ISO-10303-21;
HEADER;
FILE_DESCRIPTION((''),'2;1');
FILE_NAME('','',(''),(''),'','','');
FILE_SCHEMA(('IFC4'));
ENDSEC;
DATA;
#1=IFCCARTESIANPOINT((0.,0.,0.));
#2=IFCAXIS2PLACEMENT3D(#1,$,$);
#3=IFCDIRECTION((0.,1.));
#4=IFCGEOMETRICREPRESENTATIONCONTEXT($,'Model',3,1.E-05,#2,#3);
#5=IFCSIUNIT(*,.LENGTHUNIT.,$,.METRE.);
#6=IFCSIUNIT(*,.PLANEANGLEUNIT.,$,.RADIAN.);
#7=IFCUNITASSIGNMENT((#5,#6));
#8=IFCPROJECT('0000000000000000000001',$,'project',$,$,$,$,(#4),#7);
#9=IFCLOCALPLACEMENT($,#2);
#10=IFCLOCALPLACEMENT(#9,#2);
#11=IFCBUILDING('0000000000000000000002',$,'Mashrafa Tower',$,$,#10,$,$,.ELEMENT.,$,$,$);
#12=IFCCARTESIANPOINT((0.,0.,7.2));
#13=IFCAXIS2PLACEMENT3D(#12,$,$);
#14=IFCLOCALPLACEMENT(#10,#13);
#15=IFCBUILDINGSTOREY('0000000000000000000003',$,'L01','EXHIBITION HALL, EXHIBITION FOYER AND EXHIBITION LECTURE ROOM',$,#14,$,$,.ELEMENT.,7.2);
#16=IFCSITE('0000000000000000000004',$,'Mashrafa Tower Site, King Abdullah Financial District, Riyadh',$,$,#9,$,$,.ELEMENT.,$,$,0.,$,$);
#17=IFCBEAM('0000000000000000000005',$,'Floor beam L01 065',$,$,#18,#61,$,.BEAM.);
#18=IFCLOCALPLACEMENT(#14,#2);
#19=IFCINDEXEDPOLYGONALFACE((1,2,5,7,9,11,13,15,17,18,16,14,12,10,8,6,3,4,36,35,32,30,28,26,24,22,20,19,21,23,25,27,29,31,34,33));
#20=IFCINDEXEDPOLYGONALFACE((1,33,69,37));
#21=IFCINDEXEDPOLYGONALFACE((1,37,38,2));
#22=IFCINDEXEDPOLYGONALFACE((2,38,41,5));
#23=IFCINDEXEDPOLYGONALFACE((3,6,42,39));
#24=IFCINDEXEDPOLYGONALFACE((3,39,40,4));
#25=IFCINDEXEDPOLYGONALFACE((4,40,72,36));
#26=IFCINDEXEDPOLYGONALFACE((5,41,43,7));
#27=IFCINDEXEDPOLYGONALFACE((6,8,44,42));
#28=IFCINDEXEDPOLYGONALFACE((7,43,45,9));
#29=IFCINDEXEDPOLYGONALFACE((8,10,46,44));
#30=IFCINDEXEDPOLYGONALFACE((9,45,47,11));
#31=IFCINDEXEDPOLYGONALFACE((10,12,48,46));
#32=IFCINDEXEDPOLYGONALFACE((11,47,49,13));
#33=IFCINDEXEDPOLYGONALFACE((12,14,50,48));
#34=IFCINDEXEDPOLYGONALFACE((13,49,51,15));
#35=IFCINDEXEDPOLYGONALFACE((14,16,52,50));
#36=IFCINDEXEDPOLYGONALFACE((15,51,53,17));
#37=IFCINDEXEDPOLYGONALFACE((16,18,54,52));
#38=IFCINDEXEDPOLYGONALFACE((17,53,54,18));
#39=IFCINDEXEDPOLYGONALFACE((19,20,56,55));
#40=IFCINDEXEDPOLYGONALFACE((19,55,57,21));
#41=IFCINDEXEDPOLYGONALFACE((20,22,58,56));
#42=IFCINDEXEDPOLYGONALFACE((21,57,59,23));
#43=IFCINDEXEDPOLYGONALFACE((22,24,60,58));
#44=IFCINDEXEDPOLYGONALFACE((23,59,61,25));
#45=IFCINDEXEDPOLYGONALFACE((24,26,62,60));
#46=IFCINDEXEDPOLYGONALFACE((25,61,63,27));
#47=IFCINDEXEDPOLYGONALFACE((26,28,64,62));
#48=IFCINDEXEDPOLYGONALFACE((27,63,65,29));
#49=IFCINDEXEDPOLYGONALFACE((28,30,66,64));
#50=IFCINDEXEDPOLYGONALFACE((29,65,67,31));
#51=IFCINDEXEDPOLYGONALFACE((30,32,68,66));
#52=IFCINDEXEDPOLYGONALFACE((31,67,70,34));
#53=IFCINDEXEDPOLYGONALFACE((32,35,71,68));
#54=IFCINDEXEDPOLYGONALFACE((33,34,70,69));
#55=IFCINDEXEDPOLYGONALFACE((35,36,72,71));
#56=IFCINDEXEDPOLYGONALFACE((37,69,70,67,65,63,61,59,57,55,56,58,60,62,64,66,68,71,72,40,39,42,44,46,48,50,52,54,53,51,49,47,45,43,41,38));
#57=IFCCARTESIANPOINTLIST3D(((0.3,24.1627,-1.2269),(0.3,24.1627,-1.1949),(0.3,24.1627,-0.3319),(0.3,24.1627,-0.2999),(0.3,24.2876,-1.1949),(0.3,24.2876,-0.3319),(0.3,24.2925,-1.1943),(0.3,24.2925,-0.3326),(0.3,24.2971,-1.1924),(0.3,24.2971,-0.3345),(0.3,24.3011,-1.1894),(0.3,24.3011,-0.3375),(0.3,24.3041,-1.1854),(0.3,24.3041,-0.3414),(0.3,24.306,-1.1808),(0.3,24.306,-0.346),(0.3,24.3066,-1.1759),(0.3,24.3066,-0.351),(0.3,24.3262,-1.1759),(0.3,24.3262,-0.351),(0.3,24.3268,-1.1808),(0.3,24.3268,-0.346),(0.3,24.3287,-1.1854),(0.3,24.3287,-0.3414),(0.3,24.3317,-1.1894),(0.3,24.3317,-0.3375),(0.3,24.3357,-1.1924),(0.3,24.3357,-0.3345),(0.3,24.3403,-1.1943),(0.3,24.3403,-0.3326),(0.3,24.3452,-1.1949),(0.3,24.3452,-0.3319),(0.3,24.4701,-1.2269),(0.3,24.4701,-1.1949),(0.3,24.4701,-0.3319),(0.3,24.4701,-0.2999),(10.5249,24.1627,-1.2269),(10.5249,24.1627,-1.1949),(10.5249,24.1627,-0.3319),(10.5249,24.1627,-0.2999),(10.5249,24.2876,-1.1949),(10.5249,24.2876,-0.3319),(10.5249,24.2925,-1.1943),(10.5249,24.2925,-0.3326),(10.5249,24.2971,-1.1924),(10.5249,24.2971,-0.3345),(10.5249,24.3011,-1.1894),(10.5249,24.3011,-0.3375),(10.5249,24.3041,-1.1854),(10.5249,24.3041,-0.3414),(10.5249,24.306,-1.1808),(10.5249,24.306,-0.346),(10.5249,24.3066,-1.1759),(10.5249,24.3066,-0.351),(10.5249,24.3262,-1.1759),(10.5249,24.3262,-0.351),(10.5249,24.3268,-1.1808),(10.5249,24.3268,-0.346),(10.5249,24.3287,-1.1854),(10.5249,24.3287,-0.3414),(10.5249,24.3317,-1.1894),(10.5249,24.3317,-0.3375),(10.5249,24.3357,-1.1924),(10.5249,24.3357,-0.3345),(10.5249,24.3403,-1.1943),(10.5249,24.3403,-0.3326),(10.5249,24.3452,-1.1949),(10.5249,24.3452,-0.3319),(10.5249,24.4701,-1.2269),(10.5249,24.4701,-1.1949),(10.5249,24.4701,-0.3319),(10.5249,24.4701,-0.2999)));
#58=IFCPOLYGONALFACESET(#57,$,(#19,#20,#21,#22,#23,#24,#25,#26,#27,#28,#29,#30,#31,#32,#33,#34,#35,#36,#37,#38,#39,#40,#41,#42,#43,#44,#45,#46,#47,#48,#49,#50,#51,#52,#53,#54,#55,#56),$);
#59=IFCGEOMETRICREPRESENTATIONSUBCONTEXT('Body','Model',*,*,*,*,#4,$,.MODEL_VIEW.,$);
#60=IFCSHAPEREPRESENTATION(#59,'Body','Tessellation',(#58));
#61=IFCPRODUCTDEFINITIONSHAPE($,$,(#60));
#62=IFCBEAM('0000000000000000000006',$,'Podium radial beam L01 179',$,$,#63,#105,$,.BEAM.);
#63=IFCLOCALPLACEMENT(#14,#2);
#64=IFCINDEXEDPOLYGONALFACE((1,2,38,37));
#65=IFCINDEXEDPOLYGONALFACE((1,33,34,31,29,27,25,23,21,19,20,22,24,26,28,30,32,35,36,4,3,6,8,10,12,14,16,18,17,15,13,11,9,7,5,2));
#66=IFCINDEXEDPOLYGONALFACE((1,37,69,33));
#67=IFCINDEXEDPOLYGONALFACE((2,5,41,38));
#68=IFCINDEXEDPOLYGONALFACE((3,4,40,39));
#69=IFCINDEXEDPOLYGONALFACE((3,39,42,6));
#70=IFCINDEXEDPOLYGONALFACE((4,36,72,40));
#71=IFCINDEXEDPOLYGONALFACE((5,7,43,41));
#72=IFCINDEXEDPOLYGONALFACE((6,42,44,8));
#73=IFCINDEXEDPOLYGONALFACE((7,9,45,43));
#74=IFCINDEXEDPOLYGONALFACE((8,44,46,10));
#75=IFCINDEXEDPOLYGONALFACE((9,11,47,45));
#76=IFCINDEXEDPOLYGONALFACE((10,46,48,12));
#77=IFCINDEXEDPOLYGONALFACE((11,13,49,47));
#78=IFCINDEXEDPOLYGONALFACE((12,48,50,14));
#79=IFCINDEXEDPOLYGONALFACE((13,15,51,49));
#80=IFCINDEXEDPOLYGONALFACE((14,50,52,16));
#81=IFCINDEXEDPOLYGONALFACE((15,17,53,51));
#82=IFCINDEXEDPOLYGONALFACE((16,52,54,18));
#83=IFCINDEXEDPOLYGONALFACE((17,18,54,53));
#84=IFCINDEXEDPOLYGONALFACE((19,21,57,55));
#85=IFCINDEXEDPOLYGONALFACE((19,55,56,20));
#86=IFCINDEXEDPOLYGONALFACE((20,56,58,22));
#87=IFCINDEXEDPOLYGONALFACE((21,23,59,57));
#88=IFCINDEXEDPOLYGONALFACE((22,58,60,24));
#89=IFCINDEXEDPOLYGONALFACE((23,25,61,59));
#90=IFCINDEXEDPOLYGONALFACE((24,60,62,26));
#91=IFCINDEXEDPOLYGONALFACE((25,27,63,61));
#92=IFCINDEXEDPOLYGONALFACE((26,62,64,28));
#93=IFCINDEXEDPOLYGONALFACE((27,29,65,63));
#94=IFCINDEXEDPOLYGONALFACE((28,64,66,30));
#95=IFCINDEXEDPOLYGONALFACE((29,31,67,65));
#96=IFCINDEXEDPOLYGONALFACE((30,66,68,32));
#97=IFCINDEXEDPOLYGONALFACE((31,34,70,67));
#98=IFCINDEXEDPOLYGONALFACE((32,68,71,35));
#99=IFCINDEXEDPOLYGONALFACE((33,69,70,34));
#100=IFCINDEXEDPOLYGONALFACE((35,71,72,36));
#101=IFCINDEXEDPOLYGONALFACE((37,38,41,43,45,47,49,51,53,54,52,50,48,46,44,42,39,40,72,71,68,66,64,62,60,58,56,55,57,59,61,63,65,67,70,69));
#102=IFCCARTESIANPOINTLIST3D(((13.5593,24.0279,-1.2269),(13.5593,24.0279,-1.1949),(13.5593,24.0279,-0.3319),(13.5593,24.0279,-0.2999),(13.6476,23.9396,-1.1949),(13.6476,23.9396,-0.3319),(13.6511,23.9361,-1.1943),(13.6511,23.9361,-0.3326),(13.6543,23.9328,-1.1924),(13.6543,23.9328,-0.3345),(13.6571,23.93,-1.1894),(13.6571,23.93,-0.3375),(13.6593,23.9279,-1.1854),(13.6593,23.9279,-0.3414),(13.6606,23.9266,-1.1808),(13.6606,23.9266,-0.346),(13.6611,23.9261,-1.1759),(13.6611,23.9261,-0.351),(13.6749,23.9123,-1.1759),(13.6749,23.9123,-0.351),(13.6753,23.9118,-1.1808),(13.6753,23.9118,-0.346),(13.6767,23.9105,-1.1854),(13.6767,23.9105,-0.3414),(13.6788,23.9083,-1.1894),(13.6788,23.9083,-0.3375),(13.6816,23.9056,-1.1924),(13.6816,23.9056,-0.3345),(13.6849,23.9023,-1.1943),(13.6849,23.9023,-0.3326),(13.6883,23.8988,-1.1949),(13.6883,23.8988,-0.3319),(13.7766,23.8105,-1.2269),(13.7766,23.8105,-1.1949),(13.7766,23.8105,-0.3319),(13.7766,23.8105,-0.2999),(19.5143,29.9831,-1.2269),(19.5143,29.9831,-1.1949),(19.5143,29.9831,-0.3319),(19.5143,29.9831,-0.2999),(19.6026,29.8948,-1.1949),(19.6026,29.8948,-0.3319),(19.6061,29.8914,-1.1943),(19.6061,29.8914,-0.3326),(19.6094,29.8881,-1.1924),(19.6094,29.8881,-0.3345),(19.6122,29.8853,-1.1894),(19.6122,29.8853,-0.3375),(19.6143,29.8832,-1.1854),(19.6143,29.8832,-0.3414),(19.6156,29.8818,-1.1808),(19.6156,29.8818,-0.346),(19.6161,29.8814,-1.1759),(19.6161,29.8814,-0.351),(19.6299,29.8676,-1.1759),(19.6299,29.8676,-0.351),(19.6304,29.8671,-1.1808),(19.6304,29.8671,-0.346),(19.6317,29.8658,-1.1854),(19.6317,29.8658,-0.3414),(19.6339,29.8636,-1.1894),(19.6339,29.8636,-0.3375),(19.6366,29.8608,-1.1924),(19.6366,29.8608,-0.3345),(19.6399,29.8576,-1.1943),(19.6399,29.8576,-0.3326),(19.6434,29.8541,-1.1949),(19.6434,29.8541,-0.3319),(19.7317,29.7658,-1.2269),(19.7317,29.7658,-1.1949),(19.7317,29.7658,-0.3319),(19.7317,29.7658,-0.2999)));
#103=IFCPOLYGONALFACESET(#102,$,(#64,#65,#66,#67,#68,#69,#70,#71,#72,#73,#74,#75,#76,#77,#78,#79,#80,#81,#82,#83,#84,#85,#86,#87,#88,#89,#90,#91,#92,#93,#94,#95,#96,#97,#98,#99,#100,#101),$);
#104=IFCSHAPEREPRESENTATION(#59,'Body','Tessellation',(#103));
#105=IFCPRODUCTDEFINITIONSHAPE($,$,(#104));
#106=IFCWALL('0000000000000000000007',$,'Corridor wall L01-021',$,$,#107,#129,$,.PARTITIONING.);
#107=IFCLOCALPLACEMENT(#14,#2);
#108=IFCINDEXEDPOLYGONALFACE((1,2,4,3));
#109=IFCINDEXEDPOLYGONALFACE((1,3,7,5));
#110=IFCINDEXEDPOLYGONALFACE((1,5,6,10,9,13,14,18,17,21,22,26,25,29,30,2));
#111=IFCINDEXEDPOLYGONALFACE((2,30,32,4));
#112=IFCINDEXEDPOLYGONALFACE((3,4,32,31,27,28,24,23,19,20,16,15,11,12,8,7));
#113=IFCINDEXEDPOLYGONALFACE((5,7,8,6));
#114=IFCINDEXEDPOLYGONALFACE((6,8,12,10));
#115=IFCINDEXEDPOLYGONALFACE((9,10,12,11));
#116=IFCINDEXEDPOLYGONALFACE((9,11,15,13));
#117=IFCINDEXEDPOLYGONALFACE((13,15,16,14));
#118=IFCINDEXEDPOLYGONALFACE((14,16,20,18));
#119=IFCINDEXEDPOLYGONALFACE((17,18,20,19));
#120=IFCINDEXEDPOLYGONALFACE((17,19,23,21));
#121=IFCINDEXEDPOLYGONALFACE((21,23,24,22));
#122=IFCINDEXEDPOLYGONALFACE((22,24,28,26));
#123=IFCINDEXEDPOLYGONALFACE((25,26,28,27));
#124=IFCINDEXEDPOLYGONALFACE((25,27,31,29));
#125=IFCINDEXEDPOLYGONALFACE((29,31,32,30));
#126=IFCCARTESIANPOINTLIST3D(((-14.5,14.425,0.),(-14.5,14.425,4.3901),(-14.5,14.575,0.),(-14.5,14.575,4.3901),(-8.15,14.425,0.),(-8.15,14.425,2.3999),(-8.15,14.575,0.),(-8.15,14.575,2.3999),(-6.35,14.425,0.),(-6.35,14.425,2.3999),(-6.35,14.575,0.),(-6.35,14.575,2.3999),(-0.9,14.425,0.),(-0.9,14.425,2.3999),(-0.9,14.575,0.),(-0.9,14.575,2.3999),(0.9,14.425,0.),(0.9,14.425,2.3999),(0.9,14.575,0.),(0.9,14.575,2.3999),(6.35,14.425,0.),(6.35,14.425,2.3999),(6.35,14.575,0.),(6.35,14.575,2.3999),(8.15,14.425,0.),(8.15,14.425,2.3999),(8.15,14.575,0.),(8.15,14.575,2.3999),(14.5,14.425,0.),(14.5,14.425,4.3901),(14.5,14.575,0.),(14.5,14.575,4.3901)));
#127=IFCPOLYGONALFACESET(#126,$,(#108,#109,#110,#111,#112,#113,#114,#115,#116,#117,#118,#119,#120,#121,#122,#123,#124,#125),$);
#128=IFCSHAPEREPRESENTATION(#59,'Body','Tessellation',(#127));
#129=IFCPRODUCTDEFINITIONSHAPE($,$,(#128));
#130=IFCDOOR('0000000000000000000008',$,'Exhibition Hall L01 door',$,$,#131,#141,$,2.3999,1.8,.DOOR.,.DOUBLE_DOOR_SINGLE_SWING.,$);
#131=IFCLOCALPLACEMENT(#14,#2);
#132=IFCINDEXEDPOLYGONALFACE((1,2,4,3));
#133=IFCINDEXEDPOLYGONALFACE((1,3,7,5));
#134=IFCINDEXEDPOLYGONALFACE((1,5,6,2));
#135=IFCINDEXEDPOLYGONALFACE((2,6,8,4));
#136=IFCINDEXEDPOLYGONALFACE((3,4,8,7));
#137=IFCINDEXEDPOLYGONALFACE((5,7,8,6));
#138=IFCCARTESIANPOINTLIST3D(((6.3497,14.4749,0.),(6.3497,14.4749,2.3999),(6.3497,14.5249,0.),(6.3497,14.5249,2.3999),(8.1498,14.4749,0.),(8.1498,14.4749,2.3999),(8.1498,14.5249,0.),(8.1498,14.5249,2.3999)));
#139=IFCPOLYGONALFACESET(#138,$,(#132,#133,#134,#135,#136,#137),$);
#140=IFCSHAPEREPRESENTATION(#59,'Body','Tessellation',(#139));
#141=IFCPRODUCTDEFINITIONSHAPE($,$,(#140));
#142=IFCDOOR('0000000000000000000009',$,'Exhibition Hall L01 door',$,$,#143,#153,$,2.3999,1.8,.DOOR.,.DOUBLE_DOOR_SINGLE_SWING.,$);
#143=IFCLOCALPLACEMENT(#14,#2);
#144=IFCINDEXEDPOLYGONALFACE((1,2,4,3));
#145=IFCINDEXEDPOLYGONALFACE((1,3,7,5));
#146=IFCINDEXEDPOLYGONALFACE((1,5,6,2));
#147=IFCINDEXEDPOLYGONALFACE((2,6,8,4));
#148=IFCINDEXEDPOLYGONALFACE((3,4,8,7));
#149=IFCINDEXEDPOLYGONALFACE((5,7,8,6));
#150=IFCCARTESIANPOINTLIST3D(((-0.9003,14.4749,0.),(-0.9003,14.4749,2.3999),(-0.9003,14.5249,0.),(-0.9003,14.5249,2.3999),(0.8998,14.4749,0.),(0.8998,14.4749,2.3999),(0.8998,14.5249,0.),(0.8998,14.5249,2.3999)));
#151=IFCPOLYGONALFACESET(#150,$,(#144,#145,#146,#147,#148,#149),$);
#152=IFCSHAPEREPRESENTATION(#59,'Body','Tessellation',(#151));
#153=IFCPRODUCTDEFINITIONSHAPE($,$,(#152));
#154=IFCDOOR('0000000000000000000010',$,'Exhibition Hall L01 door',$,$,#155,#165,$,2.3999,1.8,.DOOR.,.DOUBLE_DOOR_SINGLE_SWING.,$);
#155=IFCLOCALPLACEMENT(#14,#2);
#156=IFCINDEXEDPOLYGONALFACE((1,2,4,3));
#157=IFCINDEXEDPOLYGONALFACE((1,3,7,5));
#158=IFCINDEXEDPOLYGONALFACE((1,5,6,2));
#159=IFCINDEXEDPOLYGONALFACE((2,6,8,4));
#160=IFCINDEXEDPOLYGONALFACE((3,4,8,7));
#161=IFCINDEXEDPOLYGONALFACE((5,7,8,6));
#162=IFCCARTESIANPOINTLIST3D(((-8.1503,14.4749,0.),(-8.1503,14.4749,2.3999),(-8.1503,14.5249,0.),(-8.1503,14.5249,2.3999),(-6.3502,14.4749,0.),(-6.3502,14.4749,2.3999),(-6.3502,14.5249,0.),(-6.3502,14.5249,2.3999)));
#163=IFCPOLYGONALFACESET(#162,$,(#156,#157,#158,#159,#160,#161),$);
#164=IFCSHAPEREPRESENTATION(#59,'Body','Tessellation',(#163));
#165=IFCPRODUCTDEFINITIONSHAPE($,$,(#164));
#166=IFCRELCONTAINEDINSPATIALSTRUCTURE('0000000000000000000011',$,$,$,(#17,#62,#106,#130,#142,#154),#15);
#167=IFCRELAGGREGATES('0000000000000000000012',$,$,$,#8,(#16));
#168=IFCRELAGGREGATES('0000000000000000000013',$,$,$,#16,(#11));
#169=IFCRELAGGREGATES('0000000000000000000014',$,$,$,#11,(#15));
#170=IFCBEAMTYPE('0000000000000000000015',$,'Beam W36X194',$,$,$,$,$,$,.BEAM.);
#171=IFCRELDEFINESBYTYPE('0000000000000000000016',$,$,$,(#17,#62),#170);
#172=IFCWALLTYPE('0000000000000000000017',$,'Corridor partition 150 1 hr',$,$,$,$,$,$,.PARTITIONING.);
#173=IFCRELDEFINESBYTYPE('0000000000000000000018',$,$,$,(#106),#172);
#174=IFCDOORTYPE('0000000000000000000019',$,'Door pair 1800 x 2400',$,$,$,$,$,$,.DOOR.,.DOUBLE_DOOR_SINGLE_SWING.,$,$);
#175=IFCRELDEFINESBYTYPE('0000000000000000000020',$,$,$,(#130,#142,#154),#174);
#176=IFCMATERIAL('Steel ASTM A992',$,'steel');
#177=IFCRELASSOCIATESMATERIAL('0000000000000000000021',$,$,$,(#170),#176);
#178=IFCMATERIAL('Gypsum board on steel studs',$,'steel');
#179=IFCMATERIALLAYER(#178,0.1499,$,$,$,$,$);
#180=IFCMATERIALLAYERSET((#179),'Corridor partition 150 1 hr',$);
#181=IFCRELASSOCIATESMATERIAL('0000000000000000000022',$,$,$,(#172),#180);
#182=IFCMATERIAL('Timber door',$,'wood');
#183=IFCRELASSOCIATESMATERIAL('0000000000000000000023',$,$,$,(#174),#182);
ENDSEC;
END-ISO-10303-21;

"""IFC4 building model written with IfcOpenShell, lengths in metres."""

from ifc_helpers import new_model, si_unit, direction, frame, frame_2d, origin, origin_2d, place, context, subcontext, project, spatial, rectangle, i_section, extrude, material, layer, layer_set, material_profile, profile_set, type_object, element, fill, save


model = new_model("IFC4")

# Units and contexts
model_context = context("Model", 3, precision=1e-05, world=origin(), true_north=direction((0.0, 1.0)))
body_context = subcontext(model_context, "Body", "Model", "MODEL_VIEW")
ifc_project = project(units=[si_unit("LENGTHUNIT", "METRE"), si_unit("PLANEANGLEUNIT", "RADIAN")], contexts=[model_context])

# Site, building, storey
site_placement = place(None, origin())
site = spatial("IfcSite", under=ifc_project, at=site_placement, Name="Mashrafa Tower Site, King Abdullah Financial District, Riyadh", CompositionType="ELEMENT", RefElevation=0.0)
building_placement = place(site_placement, origin())
building = spatial("IfcBuilding", under=site, at=building_placement, Name="Mashrafa Tower", CompositionType="ELEMENT")
storey_placement = place(building_placement, frame((0.0, 0.0, 7.2)))
storey = spatial("IfcBuildingStorey", under=building, at=storey_placement, Name="L01", Description="EXHIBITION HALL, EXHIBITION FOYER AND EXHIBITION LECTURE ROOM", CompositionType="ELEMENT", Elevation=7.2)

# Beams
ifc_material_1 = material(Name="Steel ASTM A992", Category="steel")
ifc_material_profile_1 = material_profile(ifc_material_1, i_section(OverallWidth=0.3074, OverallDepth=0.927, WebThickness=0.0195, FlangeThickness=0.032, FilletRadius=0.019, at=origin_2d()), Name="W36X194")
ifc_profile_set_1 = profile_set([ifc_material_profile_1], Name="Steel ASTM A992")
beam_type_1 = type_object("IfcBeamType", Name="Beam W36X194", PredefinedType="BEAM", material=ifc_profile_set_1)
beam_1_placement = place(storey_placement, frame((0.3, 24.3164, -0.7634), z_axis=(1.0, 0.0, 0.0), x_axis=(0.0, 1.0, 0.0)))
element("IfcBeam", 1, at=beam_1_placement, inside=storey, type_object=beam_type_1, Name="Floor beam L01 065", PredefinedType="BEAM", context=body_context, shape_type="SweptSolid", body=[
    extrude(i_section(OverallWidth=0.3074, OverallDepth=0.927, WebThickness=0.0195, FlangeThickness=0.032, FilletRadius=0.019, at=origin_2d()), origin(), (0.0, 0.0, 1.0), 10.2249),
])
beam_2_placement = place(storey_placement, frame((13.668, 23.9192, -0.7634), z_axis=(0.707092, 0.707121, 0.0), x_axis=(-0.707121, 0.707092, 0.0)))
element("IfcBeam", 2, at=beam_2_placement, inside=storey, type_object=beam_type_1, Name="Podium radial beam L01 179", PredefinedType="BEAM", context=body_context, shape_type="SweptSolid", body=[
    extrude(i_section(OverallWidth=0.3074, OverallDepth=0.927, WebThickness=0.0195, FlangeThickness=0.032, FilletRadius=0.019, at=origin_2d()), origin(), (0.0, 0.0, 1.0), 8.4219),
])

# Wall, openings, doors
ifc_material_2 = material(Name="Gypsum board on steel studs", Category="steel")
ifc_layer = layer(ifc_material_2, 0.1499)
ifc_layer_set = layer_set([ifc_layer], Name="Corridor partition 150 1 hr")
wall_type = type_object("IfcWallType", Name="Corridor partition 150 1 hr", PredefinedType="PARTITIONING", material=ifc_layer_set)
wall_placement = place(storey_placement, frame((14.5, 14.5, 0.0), z_axis=(0.0, 0.0, 1.0), x_axis=(-1.0, 0.0, 0.0)))
wall = element("IfcWall", 3, at=wall_placement, inside=storey, type_object=wall_type, Name="Corridor wall L01-021", PredefinedType="PARTITIONING", context=body_context, shape_type="SweptSolid", body=[
    extrude(rectangle(XDim=29.0, YDim=0.1499, at=frame_2d((14.5, 0.0))), origin(), (0.0, 0.0, 1.0), 4.3901),
])
opening_1_placement = place(wall_placement, frame((6.3501, 0.0, 0.0)))
opening_1 = element("IfcOpeningElement", 4, at=opening_1_placement, cuts=wall, PredefinedType="OPENING", context=body_context, shape_type="SweptSolid", body=[
    extrude(rectangle(XDim=1.8, YDim=2.3999, at=frame_2d((0.8999, 1.2))), frame((0.0, 0.085, 0.0), z_axis=(0.0, -1.0, 0.0), x_axis=(1.0, 0.0, 0.0)), (0.0, 0.0, 1.0), 0.1699),
])
opening_2_placement = place(wall_placement, frame((13.6001, 0.0, 0.0)))
opening_2 = element("IfcOpeningElement", 5, at=opening_2_placement, cuts=wall, PredefinedType="OPENING", context=body_context, shape_type="SweptSolid", body=[
    extrude(rectangle(XDim=1.8, YDim=2.3999, at=frame_2d((0.8999, 1.2))), frame((0.0, 0.085, 0.0), z_axis=(0.0, -1.0, 0.0), x_axis=(1.0, 0.0, 0.0)), (0.0, 0.0, 1.0), 0.1699),
])
opening_3_placement = place(wall_placement, frame((20.8501, 0.0, 0.0)))
opening_3 = element("IfcOpeningElement", 6, at=opening_3_placement, cuts=wall, PredefinedType="OPENING", context=body_context, shape_type="SweptSolid", body=[
    extrude(rectangle(XDim=1.8, YDim=2.3999, at=frame_2d((0.8999, 1.2))), frame((0.0, 0.085, 0.0), z_axis=(0.0, -1.0, 0.0), x_axis=(1.0, 0.0, 0.0)), (0.0, 0.0, 1.0), 0.1699),
])
ifc_material_3 = material(Name="Timber door", Category="wood")
door_type = type_object("IfcDoorType", Name="Door pair 1800 x 2400", OperationType="DOUBLE_DOOR_SINGLE_SWING", PredefinedType="DOOR", material=ifc_material_3)
door_1_placement = place(opening_1_placement, frame((1.8, 0.0, 0.0), z_axis=(0.0, 0.0, 1.0), x_axis=(-1.0, 0.0, 0.0)))
door_1 = element("IfcDoor", 7, at=door_1_placement, inside=storey, type_object=door_type, Name="Exhibition Hall L01 door", OperationType="DOUBLE_DOOR_SINGLE_SWING", OverallHeight=2.3999, OverallWidth=1.8, PredefinedType="DOOR", context=body_context, shape_type="SweptSolid", body=[
    extrude(rectangle(XDim=1.8, YDim=2.3999, at=frame_2d((0.8999, 1.2))), frame((0.0, 0.0249, 0.0), z_axis=(0.0, -1.0, 0.0), x_axis=(1.0, 0.0, 0.0)), (0.0, 0.0, 1.0), 0.05),
])
fill(opening_1, door_1)
door_2_placement = place(opening_2_placement, frame((1.8, 0.0, 0.0), z_axis=(0.0, 0.0, 1.0), x_axis=(-1.0, 0.0, 0.0)))
door_2 = element("IfcDoor", 8, at=door_2_placement, inside=storey, type_object=door_type, Name="Exhibition Hall L01 door", OperationType="DOUBLE_DOOR_SINGLE_SWING", OverallHeight=2.3999, OverallWidth=1.8, PredefinedType="DOOR", context=body_context, shape_type="SweptSolid", body=[
    extrude(rectangle(XDim=1.8, YDim=2.3999, at=frame_2d((0.8999, 1.2))), frame((0.0, 0.0249, 0.0), z_axis=(0.0, -1.0, 0.0), x_axis=(1.0, 0.0, 0.0)), (0.0, 0.0, 1.0), 0.05),
])
fill(opening_2, door_2)
door_3_placement = place(opening_3_placement, frame((1.8, 0.0, 0.0), z_axis=(0.0, 0.0, 1.0), x_axis=(-1.0, 0.0, 0.0)))
door_3 = element("IfcDoor", 9, at=door_3_placement, inside=storey, type_object=door_type, Name="Exhibition Hall L01 door", OperationType="DOUBLE_DOOR_SINGLE_SWING", OverallHeight=2.3999, OverallWidth=1.8, PredefinedType="DOOR", context=body_context, shape_type="SweptSolid", body=[
    extrude(rectangle(XDim=1.8, YDim=2.3999, at=frame_2d((0.8999, 1.2))), frame((0.0, 0.0249, 0.0), z_axis=(0.0, -1.0, 0.0), x_axis=(1.0, 0.0, 0.0)), (0.0, 0.0, 1.0), 0.05),
])
fill(opening_3, door_3)

save(model, "model.ifc")
